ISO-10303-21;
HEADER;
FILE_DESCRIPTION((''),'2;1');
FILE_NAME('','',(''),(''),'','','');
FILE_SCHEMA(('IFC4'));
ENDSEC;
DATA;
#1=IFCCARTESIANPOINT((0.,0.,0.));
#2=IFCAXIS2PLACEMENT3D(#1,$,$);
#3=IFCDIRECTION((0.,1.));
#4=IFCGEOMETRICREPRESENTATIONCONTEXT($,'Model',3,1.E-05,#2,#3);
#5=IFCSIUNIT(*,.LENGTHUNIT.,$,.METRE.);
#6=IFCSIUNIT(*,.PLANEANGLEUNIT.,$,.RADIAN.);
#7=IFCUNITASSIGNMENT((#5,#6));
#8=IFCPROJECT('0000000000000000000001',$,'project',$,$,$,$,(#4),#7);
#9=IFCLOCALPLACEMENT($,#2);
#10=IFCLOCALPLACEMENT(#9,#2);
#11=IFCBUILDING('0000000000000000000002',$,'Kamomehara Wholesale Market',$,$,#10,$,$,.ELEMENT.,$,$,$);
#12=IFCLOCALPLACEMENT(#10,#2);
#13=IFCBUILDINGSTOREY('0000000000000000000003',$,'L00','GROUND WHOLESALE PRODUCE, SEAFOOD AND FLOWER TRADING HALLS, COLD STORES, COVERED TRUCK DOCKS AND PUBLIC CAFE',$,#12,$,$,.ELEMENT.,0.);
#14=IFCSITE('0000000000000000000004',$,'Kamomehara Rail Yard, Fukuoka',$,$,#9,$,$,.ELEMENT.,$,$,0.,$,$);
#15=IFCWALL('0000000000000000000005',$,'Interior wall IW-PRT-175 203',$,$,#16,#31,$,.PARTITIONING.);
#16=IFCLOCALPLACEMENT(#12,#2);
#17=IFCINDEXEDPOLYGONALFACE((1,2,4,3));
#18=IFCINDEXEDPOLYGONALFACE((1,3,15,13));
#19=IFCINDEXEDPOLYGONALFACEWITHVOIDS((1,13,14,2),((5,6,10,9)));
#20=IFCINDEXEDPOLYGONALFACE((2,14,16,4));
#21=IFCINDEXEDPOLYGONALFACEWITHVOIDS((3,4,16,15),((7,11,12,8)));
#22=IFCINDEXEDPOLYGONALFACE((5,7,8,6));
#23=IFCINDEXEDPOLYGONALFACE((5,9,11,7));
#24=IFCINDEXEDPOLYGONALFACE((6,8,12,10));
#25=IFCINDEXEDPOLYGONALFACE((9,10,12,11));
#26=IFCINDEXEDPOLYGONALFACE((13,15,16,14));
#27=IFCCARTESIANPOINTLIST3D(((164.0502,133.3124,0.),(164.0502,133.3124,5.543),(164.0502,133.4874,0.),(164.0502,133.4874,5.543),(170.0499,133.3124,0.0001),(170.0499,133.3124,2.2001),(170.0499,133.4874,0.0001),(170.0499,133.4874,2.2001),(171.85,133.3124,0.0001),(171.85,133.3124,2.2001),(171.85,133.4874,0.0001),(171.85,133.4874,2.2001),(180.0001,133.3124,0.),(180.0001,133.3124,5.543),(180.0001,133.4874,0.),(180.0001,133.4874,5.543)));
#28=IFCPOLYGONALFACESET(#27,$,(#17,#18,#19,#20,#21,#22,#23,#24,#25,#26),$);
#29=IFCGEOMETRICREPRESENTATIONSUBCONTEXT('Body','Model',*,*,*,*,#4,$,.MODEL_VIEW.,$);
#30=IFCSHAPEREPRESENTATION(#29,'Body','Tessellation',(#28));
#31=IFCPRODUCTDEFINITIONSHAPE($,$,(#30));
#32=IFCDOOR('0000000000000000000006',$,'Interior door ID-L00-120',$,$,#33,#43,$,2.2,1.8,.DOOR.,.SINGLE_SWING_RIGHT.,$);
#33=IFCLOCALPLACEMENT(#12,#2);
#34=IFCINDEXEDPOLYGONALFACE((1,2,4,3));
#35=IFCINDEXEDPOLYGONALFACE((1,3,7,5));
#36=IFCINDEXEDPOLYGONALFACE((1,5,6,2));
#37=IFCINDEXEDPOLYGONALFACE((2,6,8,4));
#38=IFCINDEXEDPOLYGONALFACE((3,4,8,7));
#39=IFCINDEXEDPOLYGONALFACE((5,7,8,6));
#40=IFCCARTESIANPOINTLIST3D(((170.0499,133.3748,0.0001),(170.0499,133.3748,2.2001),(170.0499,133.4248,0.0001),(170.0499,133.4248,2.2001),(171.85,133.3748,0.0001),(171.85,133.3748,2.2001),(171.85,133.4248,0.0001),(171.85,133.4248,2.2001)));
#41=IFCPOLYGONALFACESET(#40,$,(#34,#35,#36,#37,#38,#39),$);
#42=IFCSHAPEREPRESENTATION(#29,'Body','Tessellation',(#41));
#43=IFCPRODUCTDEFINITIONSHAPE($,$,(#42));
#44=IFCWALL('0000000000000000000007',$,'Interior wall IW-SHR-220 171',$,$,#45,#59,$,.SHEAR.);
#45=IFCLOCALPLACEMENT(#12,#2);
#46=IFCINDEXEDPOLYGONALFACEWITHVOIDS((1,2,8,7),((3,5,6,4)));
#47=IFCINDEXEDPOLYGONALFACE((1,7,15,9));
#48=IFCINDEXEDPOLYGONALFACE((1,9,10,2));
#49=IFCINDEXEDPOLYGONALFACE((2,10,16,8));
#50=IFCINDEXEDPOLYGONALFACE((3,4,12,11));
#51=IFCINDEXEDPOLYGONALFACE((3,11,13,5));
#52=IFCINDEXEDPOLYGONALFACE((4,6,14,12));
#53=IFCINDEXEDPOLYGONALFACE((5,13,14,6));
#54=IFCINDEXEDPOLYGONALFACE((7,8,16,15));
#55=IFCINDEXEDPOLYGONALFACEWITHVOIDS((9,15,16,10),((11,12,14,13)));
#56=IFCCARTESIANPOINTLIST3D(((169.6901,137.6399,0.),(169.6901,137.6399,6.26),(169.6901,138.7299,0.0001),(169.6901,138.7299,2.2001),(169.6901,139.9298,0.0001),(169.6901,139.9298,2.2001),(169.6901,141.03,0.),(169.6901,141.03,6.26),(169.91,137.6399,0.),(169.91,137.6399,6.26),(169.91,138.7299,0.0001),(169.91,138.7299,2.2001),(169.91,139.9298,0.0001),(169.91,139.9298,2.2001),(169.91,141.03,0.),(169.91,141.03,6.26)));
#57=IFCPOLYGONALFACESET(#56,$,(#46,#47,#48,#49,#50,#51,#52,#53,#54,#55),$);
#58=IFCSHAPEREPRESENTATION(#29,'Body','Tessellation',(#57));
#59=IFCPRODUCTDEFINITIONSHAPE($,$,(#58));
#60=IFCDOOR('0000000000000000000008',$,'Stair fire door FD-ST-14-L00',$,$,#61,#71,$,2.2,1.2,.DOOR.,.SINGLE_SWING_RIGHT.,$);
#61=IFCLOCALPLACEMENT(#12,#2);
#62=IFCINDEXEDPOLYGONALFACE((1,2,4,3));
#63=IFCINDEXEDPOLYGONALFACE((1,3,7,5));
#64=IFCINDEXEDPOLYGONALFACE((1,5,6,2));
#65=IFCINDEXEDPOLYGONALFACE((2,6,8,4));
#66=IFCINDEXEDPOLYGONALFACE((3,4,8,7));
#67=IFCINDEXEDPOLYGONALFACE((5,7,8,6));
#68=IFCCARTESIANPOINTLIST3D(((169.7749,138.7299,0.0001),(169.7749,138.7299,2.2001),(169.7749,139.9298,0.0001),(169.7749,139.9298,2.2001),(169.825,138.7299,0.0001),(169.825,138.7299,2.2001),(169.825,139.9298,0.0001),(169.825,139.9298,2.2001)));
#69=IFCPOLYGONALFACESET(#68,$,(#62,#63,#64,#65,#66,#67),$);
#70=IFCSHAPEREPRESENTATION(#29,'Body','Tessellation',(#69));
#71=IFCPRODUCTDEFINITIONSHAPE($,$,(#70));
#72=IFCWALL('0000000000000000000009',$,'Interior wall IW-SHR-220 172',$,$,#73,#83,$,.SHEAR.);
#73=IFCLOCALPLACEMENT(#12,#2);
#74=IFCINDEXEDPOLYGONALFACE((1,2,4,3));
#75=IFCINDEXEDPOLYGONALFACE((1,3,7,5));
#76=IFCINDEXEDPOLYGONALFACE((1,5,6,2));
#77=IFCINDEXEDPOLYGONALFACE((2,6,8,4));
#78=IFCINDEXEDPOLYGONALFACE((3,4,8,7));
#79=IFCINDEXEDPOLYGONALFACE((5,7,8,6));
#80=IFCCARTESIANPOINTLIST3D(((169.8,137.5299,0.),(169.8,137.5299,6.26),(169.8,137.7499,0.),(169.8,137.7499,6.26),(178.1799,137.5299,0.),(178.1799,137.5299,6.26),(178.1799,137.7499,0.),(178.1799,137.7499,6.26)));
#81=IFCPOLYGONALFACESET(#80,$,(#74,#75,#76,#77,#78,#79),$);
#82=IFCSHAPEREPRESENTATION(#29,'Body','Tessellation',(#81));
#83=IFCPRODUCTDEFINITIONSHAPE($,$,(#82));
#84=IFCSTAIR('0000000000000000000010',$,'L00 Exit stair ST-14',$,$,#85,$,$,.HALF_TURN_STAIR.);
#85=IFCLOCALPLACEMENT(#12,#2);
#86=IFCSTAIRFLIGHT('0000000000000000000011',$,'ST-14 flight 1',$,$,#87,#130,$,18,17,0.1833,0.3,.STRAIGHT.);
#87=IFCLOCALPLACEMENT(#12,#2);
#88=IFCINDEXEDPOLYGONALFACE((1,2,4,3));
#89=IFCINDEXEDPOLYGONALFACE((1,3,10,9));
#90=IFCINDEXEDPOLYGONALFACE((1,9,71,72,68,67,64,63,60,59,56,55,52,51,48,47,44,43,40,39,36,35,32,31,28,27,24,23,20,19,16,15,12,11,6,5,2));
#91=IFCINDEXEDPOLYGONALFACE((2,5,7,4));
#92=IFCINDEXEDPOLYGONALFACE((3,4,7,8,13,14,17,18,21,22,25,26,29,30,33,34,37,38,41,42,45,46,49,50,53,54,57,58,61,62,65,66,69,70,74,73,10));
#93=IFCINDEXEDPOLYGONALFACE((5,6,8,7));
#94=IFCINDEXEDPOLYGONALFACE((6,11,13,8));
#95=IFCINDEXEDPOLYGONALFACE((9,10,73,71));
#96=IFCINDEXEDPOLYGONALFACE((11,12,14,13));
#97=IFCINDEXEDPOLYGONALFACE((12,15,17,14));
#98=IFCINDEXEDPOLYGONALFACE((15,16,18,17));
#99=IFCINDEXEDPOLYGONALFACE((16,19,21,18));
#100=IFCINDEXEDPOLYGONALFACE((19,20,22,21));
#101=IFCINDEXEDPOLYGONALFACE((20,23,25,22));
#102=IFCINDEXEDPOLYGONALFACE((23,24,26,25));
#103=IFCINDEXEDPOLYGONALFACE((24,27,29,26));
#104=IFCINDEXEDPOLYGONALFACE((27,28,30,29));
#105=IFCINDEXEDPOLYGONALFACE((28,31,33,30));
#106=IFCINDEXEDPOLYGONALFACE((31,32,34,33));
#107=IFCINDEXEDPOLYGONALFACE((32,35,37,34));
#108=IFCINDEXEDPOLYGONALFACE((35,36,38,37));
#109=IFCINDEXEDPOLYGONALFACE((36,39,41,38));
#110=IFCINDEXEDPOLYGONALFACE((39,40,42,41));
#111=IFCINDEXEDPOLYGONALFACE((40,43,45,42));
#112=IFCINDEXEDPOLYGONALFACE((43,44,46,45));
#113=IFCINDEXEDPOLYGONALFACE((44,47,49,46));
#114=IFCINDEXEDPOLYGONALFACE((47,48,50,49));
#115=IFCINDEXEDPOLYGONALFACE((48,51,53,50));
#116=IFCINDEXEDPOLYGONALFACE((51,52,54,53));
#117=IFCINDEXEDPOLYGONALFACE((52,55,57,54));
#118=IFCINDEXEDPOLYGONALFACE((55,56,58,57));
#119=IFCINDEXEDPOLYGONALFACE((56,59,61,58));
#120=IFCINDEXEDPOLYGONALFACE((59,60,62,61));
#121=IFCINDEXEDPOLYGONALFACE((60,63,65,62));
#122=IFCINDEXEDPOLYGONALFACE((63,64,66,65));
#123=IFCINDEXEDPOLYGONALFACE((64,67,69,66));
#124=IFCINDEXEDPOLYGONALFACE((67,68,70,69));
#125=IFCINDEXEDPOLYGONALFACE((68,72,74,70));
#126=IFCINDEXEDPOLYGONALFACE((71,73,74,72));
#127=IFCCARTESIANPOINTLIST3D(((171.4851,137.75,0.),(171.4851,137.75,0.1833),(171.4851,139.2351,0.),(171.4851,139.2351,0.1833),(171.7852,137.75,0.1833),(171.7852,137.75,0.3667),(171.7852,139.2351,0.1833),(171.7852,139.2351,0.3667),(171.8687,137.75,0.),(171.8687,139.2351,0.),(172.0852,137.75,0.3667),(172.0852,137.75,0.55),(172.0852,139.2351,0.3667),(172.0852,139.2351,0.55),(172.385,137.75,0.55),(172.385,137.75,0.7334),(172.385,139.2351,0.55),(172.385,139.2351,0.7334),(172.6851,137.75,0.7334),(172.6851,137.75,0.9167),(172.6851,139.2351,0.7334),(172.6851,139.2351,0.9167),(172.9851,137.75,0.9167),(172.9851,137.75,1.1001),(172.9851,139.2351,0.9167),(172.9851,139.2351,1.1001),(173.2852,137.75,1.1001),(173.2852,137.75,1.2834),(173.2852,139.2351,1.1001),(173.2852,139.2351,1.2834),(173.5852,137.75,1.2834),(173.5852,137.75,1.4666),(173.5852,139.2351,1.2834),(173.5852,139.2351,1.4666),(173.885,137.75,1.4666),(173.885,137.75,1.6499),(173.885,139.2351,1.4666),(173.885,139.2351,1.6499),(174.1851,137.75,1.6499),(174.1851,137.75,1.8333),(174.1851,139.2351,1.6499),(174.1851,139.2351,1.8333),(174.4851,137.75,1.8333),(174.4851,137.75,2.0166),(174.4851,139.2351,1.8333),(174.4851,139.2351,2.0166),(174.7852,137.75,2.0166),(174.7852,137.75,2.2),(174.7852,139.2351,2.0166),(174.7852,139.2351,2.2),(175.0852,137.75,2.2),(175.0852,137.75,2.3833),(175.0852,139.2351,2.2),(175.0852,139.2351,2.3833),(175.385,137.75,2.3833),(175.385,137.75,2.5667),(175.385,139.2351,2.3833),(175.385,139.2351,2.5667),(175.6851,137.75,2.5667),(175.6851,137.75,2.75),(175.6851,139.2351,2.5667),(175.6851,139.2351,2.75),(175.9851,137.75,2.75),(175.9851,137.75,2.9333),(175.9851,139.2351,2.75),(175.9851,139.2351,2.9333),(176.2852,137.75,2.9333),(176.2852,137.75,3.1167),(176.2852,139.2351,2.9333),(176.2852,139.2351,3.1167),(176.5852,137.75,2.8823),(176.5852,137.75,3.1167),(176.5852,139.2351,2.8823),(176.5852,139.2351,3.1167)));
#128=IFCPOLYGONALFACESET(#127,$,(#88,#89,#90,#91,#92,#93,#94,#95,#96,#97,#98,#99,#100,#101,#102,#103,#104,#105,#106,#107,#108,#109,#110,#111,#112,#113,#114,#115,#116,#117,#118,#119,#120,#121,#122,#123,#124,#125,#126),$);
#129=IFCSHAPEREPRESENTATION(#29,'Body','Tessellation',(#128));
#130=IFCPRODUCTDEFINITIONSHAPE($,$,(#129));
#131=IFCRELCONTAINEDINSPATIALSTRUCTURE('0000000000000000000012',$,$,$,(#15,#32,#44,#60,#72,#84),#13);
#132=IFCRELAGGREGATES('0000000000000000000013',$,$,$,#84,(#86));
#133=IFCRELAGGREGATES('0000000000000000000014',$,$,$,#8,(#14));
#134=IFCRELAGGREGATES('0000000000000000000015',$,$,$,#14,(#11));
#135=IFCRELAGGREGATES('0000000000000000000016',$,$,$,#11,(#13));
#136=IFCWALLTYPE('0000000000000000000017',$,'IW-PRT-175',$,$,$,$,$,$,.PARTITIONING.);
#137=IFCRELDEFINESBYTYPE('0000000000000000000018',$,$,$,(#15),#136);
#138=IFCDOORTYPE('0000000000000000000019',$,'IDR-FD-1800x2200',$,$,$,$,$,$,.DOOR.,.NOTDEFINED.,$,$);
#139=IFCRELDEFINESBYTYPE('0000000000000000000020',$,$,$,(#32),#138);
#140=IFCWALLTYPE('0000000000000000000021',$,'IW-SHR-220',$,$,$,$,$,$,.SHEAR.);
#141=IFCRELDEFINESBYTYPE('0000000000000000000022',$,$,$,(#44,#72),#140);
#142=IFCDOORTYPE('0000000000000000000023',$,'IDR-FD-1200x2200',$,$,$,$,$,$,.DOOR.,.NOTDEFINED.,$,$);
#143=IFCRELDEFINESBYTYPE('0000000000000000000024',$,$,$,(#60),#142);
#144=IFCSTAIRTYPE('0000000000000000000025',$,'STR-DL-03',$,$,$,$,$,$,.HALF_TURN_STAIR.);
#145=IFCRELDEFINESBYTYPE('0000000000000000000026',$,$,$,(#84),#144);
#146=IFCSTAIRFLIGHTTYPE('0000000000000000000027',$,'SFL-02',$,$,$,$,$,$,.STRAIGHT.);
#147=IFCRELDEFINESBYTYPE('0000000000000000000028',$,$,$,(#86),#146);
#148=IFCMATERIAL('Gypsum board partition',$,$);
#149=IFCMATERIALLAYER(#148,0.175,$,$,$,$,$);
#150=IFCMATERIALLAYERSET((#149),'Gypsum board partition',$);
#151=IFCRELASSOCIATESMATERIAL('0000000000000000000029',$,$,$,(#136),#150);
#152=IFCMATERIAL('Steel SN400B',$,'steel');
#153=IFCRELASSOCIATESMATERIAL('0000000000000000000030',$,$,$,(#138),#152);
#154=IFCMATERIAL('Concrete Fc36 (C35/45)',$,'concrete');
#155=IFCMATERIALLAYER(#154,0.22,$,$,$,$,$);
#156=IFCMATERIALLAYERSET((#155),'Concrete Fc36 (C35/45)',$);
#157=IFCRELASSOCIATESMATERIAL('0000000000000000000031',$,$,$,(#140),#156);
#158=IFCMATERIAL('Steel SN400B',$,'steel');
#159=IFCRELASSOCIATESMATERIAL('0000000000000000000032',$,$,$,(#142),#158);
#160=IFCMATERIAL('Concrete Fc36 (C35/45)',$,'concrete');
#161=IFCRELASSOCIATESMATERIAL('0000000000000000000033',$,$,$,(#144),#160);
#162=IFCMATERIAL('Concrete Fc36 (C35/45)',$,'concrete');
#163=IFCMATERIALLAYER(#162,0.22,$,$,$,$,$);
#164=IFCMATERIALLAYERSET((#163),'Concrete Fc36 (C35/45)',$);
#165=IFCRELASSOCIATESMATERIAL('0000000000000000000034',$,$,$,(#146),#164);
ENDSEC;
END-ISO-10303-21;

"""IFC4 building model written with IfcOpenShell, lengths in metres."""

from ifc_helpers import new_model, si_unit, direction, frame, frame_2d, origin, place, context, subcontext, project, spatial, polyline, rectangle, outline, extrude, material, layer, layer_set, type_object, element, fill, aggregate, save


model = new_model("IFC4")

# Units and contexts
model_context = context("Model", 3, precision=1e-05, world=origin(), true_north=direction((0.0, 1.0)))
body_context = subcontext(model_context, "Body", "Model", "MODEL_VIEW")
ifc_project = project(units=[si_unit("LENGTHUNIT", "METRE"), si_unit("PLANEANGLEUNIT", "RADIAN")], contexts=[model_context])

# Site, building, storey
site_placement = place(None, origin())
site = spatial("IfcSite", under=ifc_project, at=site_placement, Name="Kamomehara Rail Yard, Fukuoka", CompositionType="ELEMENT", RefElevation=0.0)
building_placement = place(site_placement, origin())
building = spatial("IfcBuilding", under=site, at=building_placement, Name="Kamomehara Wholesale Market", CompositionType="ELEMENT")
storey_placement = place(building_placement, origin())
storey = spatial("IfcBuildingStorey", under=building, at=storey_placement, Name="L00", Description="GROUND WHOLESALE PRODUCE, SEAFOOD AND FLOWER TRADING HALLS, COLD STORES, COVERED TRUCK DOCKS AND PUBLIC CAFE", CompositionType="ELEMENT", Elevation=0.0)

# Walls, openings, doors
ifc_material_1 = material(Name="Gypsum board partition")
ifc_layer_1 = layer(ifc_material_1, 0.175)
ifc_layer_set_1 = layer_set([ifc_layer_1], Name="Gypsum board partition")
wall_type_1 = type_object("IfcWallType", Name="IW-PRT-175", PredefinedType="PARTITIONING", material=ifc_layer_set_1)
wall_1_placement = place(storey_placement, frame((164.05, 133.3999, 0.0), z_axis=(0.0, 0.0, 1.0), x_axis=(1.0, 0.0, 0.0)))
wall_1 = element("IfcWall", 1, at=wall_1_placement, inside=storey, type_object=wall_type_1, Name="Interior wall IW-PRT-175 203", PredefinedType="PARTITIONING", context=body_context, shape_type="SweptSolid", body=[
    extrude(rectangle(XDim=15.95, YDim=0.175, at=frame_2d((7.9751, 0.0))), origin(), (0.0, 0.0, 1.0), 5.543),
])
opening_1_placement = place(wall_1_placement, frame((6.0, 0.0, 0.0)))
opening_1 = element("IfcOpeningElement", 2, at=opening_1_placement, cuts=wall_1, PredefinedType="OPENING", context=body_context, shape_type="SweptSolid", body=[
    extrude(rectangle(XDim=1.8, YDim=2.2, at=frame_2d((0.8999, 1.1001))), frame((0.0, 0.1025, 0.0), z_axis=(0.0, -1.0, 0.0), x_axis=(1.0, 0.0, 0.0)), (0.0, 0.0, 1.0), 0.2048),
])
ifc_material_2 = material(Name="Steel SN400B", Category="steel")
door_type_1 = type_object("IfcDoorType", Name="IDR-FD-1800x2200", OperationType="NOTDEFINED", PredefinedType="DOOR", material=ifc_material_2)
door_1_placement = place(opening_1_placement, origin())
door_1 = element("IfcDoor", 3, at=door_1_placement, inside=storey, type_object=door_type_1, Name="Interior door ID-L00-120", OperationType="SINGLE_SWING_RIGHT", OverallHeight=2.2, OverallWidth=1.8, PredefinedType="DOOR", context=body_context, shape_type="SweptSolid", body=[
    extrude(rectangle(XDim=1.8, YDim=2.2, at=frame_2d((0.8999, 1.1001))), frame((0.0, 0.0249, 0.0), z_axis=(0.0, -1.0, 0.0), x_axis=(1.0, 0.0, 0.0)), (0.0, 0.0, 1.0), 0.05),
])
fill(opening_1, door_1)
ifc_material_3 = material(Name="Concrete Fc36 (C35/45)", Category="concrete")
ifc_layer_2 = layer(ifc_material_3, 0.22)
ifc_layer_set_2 = layer_set([ifc_layer_2], Name="Concrete Fc36 (C35/45)")
wall_type_2 = type_object("IfcWallType", Name="IW-SHR-220", PredefinedType="SHEAR", material=ifc_layer_set_2)
wall_2_placement = place(storey_placement, frame((169.8, 141.03, 0.0), z_axis=(0.0, 0.0, 1.0), x_axis=(0.0, -1.0, 0.0)))
wall_2 = element("IfcWall", 4, at=wall_2_placement, inside=storey, type_object=wall_type_2, Name="Interior wall IW-SHR-220 171", PredefinedType="SHEAR", context=body_context, shape_type="SweptSolid", body=[
    extrude(rectangle(XDim=3.3901, YDim=0.22, at=frame_2d((1.6951, 0.0))), origin(), (0.0, 0.0, 1.0), 6.26),
])
opening_2_placement = place(wall_2_placement, frame((1.1001, 0.0, 0.0)))
opening_2 = element("IfcOpeningElement", 5, at=opening_2_placement, cuts=wall_2, PredefinedType="OPENING", context=body_context, shape_type="SweptSolid", body=[
    extrude(rectangle(XDim=1.2, YDim=2.2, at=frame_2d((0.6001, 1.1001))), frame((0.0, 0.125, 0.0), z_axis=(0.0, -1.0, 0.0), x_axis=(1.0, 0.0, 0.0)), (0.0, 0.0, 1.0), 0.2498),
])
ifc_material_4 = material(Name="Steel SN400B", Category="steel")
door_type_2 = type_object("IfcDoorType", Name="IDR-FD-1200x2200", OperationType="NOTDEFINED", PredefinedType="DOOR", material=ifc_material_4)
door_2_placement = place(opening_2_placement, origin())
door_2 = element("IfcDoor", 6, at=door_2_placement, inside=storey, type_object=door_type_2, Name="Stair fire door FD-ST-14-L00", OperationType="SINGLE_SWING_RIGHT", OverallHeight=2.2, OverallWidth=1.2, PredefinedType="DOOR", context=body_context, shape_type="SweptSolid", body=[
    extrude(rectangle(XDim=1.2, YDim=2.2, at=frame_2d((0.6001, 1.1001))), frame((0.0, 0.0249, 0.0), z_axis=(0.0, -1.0, 0.0), x_axis=(1.0, 0.0, 0.0)), (0.0, 0.0, 1.0), 0.05),
])
fill(opening_2, door_2)

# Wall
wall_3_placement = place(storey_placement, frame((169.8, 137.6399, 0.0), z_axis=(0.0, 0.0, 1.0), x_axis=(1.0, 0.0, 0.0)))
element("IfcWall", 7, at=wall_3_placement, inside=storey, type_object=wall_type_2, Name="Interior wall IW-SHR-220 172", PredefinedType="SHEAR", context=body_context, shape_type="SweptSolid", body=[
    extrude(rectangle(XDim=8.3799, YDim=0.22, at=frame_2d((4.1899, 0.0))), origin(), (0.0, 0.0, 1.0), 6.26),
])

# Stair, stair flight
ifc_material_5 = material(Name="Concrete Fc36 (C35/45)", Category="concrete")
stair_type = type_object("IfcStairType", Name="STR-DL-03", PredefinedType="HALF_TURN_STAIR", material=ifc_material_5)
stair_placement = place(storey_placement, origin())
stair = element("IfcStair", 8, at=stair_placement, inside=storey, type_object=stair_type, Name="L00 Exit stair ST-14", PredefinedType="HALF_TURN_STAIR")
ifc_material_6 = material(Name="Concrete Fc36 (C35/45)", Category="concrete")
ifc_layer_3 = layer(ifc_material_6, 0.22)
ifc_layer_set_3 = layer_set([ifc_layer_3], Name="Concrete Fc36 (C35/45)")
stair_flight_type = type_object("IfcStairFlightType", Name="SFL-02", PredefinedType="STRAIGHT", material=ifc_layer_set_3)
stair_flight_1_placement = place(storey_placement, frame((171.4851, 138.4924, 0.0), z_axis=(0.0, 0.0, 1.0), x_axis=(1.0, 0.0, 0.0)))
stair_flight_1 = element("IfcStairFlight", 9, at=stair_flight_1_placement, type_object=stair_flight_type, Name="ST-14 flight 1", NumberOfRisers=18, NumberOfTreads=17, PredefinedType="STRAIGHT", RiserHeight=0.1833, TreadLength=0.3, context=body_context, shape_type="SweptSolid", body=[
    extrude(outline(polyline([(0.0, 0.0), (0.0, 0.1833), (0.3, 0.1833), (0.3, 0.3667), (0.6001, 0.3667), (0.6001, 0.55), (0.8999, 0.55), (0.8999, 0.7334), (1.2, 0.7334), (1.2, 0.9167), (1.5, 0.9167), (1.5, 1.1001), (1.8, 1.1001), (1.8, 1.2834), (2.1001, 1.2834), (2.1001, 1.4666), (2.3999, 1.4666), (2.3999, 1.6499), (2.7, 1.6499), (2.7, 1.8333), (3.0, 1.8333), (3.0, 2.0166), (3.3, 2.0166), (3.3, 2.2), (3.6001, 2.2), (3.6001, 2.3833), (3.8999, 2.3833), (3.8999, 2.5667), (4.2, 2.5667), (4.2, 2.75), (4.5, 2.75), (4.5, 2.9333), (4.8, 2.9333), (4.8, 3.1167), (5.1001, 3.1167), (5.1001, 3.3), (5.1001, 2.8823), (0.3835, 0.0), (0.0, 0.0)])), frame((0.0, 0.7427, 0.0), z_axis=(0.0, -1.0, 0.0), x_axis=(1.0, 0.0, 0.0)), (0.0, 0.0, 1.0), 1.4851),
])
aggregate(stair, [stair_flight_1])

save(model, "model.ifc")
